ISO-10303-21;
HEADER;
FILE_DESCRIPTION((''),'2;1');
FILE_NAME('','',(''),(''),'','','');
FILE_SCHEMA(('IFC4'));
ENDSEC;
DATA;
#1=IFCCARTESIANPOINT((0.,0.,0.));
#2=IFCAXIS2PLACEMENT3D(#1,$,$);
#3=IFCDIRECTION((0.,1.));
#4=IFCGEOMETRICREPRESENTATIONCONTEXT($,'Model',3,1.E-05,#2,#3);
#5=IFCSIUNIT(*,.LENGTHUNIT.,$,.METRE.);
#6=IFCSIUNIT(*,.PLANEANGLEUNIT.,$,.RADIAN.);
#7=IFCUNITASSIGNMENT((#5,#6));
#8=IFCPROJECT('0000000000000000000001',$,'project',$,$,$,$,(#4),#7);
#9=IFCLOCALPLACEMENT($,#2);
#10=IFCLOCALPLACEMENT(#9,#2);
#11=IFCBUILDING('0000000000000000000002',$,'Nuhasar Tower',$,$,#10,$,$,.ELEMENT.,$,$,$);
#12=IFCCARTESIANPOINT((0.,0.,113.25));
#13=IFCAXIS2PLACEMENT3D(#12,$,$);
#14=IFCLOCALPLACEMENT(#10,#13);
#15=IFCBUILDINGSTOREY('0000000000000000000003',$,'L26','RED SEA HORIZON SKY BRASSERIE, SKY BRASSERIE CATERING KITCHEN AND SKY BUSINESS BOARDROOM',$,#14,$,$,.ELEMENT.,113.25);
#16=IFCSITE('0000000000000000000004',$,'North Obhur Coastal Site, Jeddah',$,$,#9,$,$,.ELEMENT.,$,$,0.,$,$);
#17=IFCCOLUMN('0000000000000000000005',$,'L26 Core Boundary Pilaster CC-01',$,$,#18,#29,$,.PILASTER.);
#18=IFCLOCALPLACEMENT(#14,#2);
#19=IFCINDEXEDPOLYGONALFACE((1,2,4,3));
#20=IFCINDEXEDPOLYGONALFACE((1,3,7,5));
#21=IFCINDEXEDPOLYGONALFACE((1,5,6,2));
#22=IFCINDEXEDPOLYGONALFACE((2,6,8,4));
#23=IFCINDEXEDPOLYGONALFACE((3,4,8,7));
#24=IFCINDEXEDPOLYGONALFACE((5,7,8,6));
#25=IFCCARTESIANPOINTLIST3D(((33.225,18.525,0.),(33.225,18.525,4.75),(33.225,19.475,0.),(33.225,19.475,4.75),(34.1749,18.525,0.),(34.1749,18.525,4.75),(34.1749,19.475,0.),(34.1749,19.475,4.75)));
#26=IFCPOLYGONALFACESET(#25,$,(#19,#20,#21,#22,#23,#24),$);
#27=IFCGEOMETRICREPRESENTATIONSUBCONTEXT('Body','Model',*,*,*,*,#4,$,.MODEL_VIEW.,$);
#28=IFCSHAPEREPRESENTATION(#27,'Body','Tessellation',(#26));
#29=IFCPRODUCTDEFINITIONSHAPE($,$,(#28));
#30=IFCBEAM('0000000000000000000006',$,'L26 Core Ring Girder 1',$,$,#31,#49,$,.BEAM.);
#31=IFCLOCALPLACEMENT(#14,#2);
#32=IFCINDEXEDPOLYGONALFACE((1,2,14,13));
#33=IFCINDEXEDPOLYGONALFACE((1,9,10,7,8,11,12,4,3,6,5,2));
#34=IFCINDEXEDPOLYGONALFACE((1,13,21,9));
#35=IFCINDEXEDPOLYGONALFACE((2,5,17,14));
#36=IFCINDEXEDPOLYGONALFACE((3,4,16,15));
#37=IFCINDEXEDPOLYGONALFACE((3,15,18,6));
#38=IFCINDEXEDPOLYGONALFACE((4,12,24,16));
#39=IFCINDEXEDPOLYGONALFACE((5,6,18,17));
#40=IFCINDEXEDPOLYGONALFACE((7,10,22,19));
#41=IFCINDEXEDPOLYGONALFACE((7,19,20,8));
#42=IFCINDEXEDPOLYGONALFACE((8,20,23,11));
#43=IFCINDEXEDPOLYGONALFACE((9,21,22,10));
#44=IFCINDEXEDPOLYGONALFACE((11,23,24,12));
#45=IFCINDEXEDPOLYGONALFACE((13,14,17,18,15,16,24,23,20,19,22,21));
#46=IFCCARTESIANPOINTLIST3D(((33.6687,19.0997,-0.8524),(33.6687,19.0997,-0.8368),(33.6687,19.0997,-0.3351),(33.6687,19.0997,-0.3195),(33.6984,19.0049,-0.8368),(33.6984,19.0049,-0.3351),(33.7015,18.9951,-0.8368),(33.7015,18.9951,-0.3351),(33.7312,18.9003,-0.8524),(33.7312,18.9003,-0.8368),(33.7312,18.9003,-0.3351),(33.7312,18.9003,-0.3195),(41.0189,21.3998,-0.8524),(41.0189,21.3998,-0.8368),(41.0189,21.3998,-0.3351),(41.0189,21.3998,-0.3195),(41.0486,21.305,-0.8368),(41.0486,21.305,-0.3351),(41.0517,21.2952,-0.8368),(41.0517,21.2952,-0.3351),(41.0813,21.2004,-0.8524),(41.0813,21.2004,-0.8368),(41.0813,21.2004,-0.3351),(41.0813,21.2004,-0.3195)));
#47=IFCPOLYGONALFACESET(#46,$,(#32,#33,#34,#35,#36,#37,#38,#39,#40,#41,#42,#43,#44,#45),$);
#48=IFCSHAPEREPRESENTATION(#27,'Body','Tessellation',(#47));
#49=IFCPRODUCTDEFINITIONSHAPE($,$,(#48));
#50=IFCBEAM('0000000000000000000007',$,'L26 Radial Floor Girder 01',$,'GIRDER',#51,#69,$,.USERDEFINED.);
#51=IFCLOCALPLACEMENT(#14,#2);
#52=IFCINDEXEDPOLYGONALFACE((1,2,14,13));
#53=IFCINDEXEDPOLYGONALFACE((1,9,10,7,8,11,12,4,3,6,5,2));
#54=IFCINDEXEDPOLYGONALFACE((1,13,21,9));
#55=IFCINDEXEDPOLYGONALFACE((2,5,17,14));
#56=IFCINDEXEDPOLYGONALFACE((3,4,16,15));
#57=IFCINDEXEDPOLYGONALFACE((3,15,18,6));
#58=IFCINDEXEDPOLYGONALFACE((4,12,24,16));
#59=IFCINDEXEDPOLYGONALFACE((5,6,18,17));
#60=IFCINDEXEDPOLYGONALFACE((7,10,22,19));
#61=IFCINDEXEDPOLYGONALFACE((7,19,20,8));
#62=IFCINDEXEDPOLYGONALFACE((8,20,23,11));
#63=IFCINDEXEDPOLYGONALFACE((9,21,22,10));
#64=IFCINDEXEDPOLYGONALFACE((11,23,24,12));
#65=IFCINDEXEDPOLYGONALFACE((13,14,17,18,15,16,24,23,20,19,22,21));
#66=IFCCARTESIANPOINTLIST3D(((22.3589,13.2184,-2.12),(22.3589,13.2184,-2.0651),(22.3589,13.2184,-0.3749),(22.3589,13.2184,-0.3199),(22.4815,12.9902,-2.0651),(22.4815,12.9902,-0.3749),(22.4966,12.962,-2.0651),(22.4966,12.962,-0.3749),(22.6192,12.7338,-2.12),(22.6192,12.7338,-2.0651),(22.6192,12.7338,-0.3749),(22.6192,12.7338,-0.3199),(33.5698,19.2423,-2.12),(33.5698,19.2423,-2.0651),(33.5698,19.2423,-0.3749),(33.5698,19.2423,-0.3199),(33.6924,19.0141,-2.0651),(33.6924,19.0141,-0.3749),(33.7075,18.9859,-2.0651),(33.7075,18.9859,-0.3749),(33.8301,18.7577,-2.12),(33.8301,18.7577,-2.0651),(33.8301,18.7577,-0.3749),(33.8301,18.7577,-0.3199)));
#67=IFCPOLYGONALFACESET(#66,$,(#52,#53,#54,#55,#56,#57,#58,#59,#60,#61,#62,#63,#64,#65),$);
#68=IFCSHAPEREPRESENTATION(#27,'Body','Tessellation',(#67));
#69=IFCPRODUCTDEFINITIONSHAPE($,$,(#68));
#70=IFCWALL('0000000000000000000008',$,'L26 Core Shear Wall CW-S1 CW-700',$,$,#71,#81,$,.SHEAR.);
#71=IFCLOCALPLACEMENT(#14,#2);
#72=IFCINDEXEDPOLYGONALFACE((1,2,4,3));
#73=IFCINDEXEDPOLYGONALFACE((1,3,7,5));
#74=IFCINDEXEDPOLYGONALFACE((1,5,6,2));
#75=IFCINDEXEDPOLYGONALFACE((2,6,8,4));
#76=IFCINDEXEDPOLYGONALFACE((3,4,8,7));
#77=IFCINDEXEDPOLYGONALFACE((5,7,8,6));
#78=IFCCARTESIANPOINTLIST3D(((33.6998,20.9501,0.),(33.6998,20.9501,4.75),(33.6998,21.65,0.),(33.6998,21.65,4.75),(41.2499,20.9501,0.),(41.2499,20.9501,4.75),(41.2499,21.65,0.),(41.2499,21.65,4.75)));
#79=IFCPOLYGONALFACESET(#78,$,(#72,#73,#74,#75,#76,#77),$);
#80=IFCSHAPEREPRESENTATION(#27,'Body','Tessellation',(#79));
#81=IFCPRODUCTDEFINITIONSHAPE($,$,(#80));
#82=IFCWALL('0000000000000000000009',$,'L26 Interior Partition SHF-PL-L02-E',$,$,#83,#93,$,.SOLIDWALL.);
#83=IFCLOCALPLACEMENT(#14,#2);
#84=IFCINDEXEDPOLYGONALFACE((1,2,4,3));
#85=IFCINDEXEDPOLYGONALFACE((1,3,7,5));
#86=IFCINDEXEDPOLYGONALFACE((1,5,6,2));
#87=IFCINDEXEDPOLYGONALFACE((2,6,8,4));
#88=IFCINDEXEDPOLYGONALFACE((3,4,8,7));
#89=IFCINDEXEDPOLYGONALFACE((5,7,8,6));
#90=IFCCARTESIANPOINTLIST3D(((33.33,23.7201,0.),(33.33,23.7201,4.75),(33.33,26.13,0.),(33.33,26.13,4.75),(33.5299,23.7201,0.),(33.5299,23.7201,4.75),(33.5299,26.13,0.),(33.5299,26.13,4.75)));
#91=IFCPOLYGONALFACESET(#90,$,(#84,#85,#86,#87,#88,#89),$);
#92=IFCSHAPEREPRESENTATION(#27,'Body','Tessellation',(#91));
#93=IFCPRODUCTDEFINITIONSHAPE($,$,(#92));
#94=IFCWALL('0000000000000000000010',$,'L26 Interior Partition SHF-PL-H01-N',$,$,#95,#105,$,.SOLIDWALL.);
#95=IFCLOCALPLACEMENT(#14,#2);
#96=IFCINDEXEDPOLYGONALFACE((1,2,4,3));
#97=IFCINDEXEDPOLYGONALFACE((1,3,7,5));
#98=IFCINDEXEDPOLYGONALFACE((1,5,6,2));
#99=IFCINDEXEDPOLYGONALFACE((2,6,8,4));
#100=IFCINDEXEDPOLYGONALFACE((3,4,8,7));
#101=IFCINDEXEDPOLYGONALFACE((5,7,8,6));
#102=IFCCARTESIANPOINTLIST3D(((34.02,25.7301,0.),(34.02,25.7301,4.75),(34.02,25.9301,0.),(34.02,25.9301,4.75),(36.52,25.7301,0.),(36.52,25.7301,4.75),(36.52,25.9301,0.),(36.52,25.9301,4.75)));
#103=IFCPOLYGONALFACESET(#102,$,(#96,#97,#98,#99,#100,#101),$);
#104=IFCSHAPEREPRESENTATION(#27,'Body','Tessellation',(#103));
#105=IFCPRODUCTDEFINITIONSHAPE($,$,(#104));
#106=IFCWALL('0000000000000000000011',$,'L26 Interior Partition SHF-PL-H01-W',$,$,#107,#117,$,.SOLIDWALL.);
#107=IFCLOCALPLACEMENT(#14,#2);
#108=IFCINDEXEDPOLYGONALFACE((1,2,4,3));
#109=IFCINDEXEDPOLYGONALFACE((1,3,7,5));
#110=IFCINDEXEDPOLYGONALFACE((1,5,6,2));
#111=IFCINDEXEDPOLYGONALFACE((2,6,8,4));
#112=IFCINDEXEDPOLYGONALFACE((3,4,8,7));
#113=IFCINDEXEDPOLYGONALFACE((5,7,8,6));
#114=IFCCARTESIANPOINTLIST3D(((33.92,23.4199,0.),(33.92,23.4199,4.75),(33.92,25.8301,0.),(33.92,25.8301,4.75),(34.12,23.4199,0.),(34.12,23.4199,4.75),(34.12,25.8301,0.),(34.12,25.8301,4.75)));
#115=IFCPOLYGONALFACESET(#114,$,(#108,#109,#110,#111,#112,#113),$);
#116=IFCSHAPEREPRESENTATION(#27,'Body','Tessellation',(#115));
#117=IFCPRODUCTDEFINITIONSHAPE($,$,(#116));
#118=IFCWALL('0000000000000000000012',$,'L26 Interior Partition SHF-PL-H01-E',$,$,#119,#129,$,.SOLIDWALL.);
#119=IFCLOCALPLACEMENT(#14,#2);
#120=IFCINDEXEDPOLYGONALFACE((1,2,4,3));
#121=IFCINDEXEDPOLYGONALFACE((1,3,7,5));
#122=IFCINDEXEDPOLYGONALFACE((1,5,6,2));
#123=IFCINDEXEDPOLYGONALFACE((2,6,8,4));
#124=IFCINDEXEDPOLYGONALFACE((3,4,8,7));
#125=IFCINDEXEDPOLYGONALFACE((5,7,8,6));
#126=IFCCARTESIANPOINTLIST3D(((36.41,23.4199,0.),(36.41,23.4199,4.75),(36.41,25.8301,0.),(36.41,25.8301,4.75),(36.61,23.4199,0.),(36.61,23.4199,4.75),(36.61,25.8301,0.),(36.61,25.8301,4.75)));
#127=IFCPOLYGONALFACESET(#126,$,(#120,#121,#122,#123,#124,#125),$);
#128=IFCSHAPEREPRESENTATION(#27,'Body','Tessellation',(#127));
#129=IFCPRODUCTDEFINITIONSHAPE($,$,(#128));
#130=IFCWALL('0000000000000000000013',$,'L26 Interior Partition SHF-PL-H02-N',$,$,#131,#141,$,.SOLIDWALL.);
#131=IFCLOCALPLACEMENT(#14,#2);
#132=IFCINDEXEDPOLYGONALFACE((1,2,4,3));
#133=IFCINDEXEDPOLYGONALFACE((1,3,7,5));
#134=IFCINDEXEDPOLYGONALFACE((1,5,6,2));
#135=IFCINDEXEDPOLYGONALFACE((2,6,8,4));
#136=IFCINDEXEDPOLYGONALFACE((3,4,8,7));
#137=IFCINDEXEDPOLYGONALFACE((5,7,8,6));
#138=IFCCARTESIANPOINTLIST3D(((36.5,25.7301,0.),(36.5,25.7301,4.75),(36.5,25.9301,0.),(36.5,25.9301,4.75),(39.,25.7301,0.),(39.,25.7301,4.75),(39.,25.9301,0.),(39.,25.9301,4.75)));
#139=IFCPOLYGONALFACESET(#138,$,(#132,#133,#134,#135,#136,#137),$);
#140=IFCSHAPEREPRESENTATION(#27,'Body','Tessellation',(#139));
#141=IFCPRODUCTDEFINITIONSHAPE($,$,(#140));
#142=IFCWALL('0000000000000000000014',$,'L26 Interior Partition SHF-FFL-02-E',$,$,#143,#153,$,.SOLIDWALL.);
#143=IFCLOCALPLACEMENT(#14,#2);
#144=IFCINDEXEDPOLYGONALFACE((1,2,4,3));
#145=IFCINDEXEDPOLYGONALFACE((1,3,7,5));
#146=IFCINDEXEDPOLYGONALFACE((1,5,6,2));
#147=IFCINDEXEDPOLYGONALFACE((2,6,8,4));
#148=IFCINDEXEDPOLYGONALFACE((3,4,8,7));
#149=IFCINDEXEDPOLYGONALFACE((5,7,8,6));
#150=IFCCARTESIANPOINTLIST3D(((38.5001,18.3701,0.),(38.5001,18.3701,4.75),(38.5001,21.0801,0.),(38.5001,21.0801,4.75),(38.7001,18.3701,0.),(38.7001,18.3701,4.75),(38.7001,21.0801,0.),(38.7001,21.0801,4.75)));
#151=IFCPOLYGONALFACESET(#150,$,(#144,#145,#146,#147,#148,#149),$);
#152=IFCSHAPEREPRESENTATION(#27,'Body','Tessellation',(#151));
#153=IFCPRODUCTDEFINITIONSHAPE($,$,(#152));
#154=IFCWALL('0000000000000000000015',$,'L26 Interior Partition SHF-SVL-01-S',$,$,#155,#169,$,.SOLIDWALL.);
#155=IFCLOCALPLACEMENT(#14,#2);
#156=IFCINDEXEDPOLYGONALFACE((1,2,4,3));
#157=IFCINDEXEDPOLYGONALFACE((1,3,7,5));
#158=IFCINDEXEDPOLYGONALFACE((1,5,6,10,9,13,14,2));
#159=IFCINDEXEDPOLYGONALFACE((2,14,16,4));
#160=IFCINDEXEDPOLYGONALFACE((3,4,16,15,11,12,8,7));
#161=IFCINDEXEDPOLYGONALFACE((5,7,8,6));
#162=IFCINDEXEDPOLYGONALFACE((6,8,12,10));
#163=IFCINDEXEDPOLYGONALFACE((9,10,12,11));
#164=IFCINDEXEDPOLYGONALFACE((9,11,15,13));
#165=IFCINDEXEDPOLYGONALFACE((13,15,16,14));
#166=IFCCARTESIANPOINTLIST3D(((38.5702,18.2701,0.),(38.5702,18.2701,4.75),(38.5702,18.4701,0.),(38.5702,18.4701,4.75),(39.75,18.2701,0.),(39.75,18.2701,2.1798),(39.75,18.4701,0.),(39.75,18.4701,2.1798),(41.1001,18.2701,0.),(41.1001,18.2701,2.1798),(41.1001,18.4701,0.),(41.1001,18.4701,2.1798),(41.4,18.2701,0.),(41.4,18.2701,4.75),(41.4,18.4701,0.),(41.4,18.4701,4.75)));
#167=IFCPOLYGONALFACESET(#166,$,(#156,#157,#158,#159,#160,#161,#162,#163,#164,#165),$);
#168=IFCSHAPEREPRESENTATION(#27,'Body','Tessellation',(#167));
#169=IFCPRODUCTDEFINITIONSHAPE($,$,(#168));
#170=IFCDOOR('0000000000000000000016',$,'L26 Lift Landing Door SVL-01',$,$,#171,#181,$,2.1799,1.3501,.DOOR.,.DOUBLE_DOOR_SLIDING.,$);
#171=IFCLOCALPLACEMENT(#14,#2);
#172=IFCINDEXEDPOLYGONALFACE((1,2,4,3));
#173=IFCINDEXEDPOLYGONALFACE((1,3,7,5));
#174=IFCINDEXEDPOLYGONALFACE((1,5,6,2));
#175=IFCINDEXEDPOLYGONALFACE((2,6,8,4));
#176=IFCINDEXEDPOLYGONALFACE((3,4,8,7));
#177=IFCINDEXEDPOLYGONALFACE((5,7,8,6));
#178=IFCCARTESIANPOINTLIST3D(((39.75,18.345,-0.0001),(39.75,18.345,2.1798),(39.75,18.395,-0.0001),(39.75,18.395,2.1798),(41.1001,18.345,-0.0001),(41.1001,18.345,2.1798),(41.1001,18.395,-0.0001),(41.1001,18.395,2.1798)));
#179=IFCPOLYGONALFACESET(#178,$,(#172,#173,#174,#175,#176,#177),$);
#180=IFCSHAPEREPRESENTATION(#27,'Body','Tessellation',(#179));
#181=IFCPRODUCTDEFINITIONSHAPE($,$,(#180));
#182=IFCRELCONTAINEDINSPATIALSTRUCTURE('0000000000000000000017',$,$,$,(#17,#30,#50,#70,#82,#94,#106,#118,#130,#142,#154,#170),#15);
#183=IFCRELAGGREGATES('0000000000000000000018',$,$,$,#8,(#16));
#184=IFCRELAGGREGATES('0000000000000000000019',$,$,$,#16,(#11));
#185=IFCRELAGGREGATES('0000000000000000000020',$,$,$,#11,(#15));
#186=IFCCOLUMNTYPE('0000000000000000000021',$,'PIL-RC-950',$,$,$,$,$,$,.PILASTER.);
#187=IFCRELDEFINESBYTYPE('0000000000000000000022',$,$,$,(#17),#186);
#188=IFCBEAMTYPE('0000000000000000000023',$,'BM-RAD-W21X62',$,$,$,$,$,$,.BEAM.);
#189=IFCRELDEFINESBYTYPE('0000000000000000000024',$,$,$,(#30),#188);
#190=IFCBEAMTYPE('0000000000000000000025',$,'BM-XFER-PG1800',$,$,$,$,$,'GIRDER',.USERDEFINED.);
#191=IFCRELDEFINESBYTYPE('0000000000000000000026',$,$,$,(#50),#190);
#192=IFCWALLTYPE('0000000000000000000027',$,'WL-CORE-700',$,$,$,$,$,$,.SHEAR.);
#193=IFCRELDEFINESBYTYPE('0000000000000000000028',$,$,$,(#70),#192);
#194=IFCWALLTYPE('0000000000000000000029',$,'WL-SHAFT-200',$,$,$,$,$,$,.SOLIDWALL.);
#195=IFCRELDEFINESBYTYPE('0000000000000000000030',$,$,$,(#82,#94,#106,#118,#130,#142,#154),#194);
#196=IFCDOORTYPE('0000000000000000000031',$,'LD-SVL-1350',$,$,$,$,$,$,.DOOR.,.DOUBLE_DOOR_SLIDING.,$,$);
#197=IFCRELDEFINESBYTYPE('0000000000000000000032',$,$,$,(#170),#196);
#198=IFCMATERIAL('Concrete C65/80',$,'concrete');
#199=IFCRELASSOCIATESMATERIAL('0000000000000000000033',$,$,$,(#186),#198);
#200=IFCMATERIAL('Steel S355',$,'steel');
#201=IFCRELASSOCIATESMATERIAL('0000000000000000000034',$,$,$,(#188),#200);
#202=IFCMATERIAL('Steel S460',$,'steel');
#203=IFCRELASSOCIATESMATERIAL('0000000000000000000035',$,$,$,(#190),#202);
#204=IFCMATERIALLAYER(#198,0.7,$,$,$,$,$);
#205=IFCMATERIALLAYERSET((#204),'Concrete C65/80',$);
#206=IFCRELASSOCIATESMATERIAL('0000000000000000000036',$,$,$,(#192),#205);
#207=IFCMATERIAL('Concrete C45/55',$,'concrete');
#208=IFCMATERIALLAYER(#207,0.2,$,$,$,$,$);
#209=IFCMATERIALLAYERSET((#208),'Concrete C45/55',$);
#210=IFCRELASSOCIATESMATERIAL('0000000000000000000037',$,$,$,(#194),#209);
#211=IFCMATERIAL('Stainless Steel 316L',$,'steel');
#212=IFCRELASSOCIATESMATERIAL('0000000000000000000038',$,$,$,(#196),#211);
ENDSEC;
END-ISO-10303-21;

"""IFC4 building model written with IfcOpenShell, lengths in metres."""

from ifc_helpers import new_model, si_unit, direction, frame, frame_2d, origin, origin_2d, place, context, subcontext, project, spatial, rectangle, i_section, extrude, material, layer, layer_set, material_profile, profile_set, type_object, element, fill, save


model = new_model("IFC4")

# Units and contexts
model_context = context("Model", 3, precision=1e-05, world=origin(), true_north=direction((0.0, 1.0)))
body_context = subcontext(model_context, "Body", "Model", "MODEL_VIEW")
ifc_project = project(units=[si_unit("LENGTHUNIT", "METRE"), si_unit("PLANEANGLEUNIT", "RADIAN")], contexts=[model_context])

# Site, building, storey
site_placement = place(None, origin())
site = spatial("IfcSite", under=ifc_project, at=site_placement, Name="North Obhur Coastal Site, Jeddah", CompositionType="ELEMENT", RefElevation=0.0)
building_placement = place(site_placement, origin())
building = spatial("IfcBuilding", under=site, at=building_placement, Name="Nuhasar Tower", CompositionType="ELEMENT")
storey_placement = place(building_placement, frame((0.0, 0.0, 113.25)))
storey = spatial("IfcBuildingStorey", under=building, at=storey_placement, Name="L26", Description="RED SEA HORIZON SKY BRASSERIE, SKY BRASSERIE CATERING KITCHEN AND SKY BUSINESS BOARDROOM", CompositionType="ELEMENT", Elevation=113.25)

# Column
ifc_material_1 = material(Name="Concrete C65/80", Category="concrete")
ifc_material_profile_1 = material_profile(ifc_material_1, rectangle(XDim=0.95, YDim=0.95, at=origin_2d()), Name="RC950X950")
ifc_profile_set_1 = profile_set([ifc_material_profile_1], Name="Concrete C65/80")
column_type = type_object("IfcColumnType", Name="PIL-RC-950", PredefinedType="PILASTER", material=ifc_profile_set_1)
column_placement = place(storey_placement, frame((33.7, 19.0, 0.0), z_axis=(0.0, 0.0, 1.0), x_axis=(1.0, 0.0, 0.0)))
element("IfcColumn", 1, at=column_placement, inside=storey, type_object=column_type, Name="L26 Core Boundary Pilaster CC-01", PredefinedType="PILASTER", context=body_context, shape_type="SweptSolid", body=[
    extrude(rectangle(XDim=0.95, YDim=0.95, at=origin_2d()), origin(), (0.0, 0.0, 1.0), 4.75),
])

# Beams
ifc_material_2 = material(Name="Steel S355", Category="steel")
ifc_material_profile_2 = material_profile(ifc_material_2, i_section(OverallWidth=0.209, OverallDepth=0.533, WebThickness=0.0103, FlangeThickness=0.0156, at=origin_2d()), Name="W21X62")
ifc_profile_set_2 = profile_set([ifc_material_profile_2], Name="Steel S355")
beam_type_1 = type_object("IfcBeamType", Name="BM-RAD-W21X62", PredefinedType="BEAM", material=ifc_profile_set_2)
beam_1_placement = place(storey_placement, frame((33.7, 19.0, -0.5859), z_axis=(0.954364, 0.298647, 0.0), x_axis=(-0.298647, 0.954364, 0.0)))
element("IfcBeam", 2, at=beam_1_placement, inside=storey, type_object=beam_type_1, Name="L26 Core Ring Girder 1", PredefinedType="BEAM", context=body_context, shape_type="SweptSolid", body=[
    extrude(i_section(OverallWidth=0.209, OverallDepth=0.533, WebThickness=0.0103, FlangeThickness=0.0156, at=origin_2d()), origin(), (0.0, 0.0, 1.0), 7.7017),
])
ifc_material_3 = material(Name="Steel S460", Category="steel")
ifc_material_profile_3 = material_profile(ifc_material_3, i_section(OverallWidth=0.55, OverallDepth=1.8, WebThickness=0.032, FlangeThickness=0.0549, at=origin_2d()), Name="PG1800X550")
ifc_profile_set_3 = profile_set([ifc_material_profile_3], Name="Steel S460")
beam_type_2 = type_object("IfcBeamType", Name="BM-XFER-PG1800", ElementType="GIRDER", PredefinedType="USERDEFINED", material=ifc_profile_set_3)
beam_2_placement = place(storey_placement, frame((33.7, 19.0, -1.22), z_axis=(-0.880888, -0.473324, 0.0), x_axis=(0.473324, -0.880888, 0.0)))
element("IfcBeam", 3, at=beam_2_placement, inside=storey, type_object=beam_type_2, Name="L26 Radial Floor Girder 01", ObjectType="GIRDER", PredefinedType="USERDEFINED", context=body_context, shape_type="SweptSolid", body=[
    extrude(i_section(OverallWidth=0.55, OverallDepth=1.8, WebThickness=0.032, FlangeThickness=0.0549, at=origin_2d()), origin(), (0.0, 0.0, 1.0), 12.7268),
])

# Wall
ifc_layer_1 = layer(ifc_material_1, 0.7)
ifc_layer_set_1 = layer_set([ifc_layer_1], Name="Concrete C65/80")
wall_type_1 = type_object("IfcWallType", Name="WL-CORE-700", PredefinedType="SHEAR", material=ifc_layer_set_1)
wall_1_placement = place(storey_placement, frame((33.7, 21.3, 0.0), z_axis=(0.0, 0.0, 1.0), x_axis=(1.0, 0.0, 0.0)))
element("IfcWall", 4, at=wall_1_placement, inside=storey, type_object=wall_type_1, Name="L26 Core Shear Wall CW-S1 CW-700", PredefinedType="SHEAR", context=body_context, shape_type="SweptSolid", body=[
    extrude(rectangle(XDim=7.55, YDim=0.7, at=frame_2d((3.7749, 0.0))), origin(), (0.0, 0.0, 1.0), 4.75),
])

# Shared definitions
ifc_material_4 = material(Name="Concrete C45/55", Category="concrete")

# Wall
ifc_layer_2 = layer(ifc_material_4, 0.2)
ifc_layer_set_2 = layer_set([ifc_layer_2], Name="Concrete C45/55")
wall_type_2 = type_object("IfcWallType", Name="WL-SHAFT-200", PredefinedType="SOLIDWALL", material=ifc_layer_set_2)
wall_2_placement = place(storey_placement, frame((33.4299, 23.72, 0.0), z_axis=(0.0, 0.0, 1.0), x_axis=(0.0, 1.0, 0.0)))
element("IfcWall", 5, at=wall_2_placement, inside=storey, type_object=wall_type_2, Name="L26 Interior Partition SHF-PL-L02-E", PredefinedType="SOLIDWALL", context=body_context, shape_type="SweptSolid", body=[
    extrude(rectangle(XDim=2.4099, YDim=0.2, at=frame_2d((1.2051, 0.0))), origin(), (0.0, 0.0, 1.0), 4.75),
])

# Shared definitions
ifc_material_5 = material(Name="Stainless Steel 316L", Category="steel")

# Walls
wall_3_placement = place(storey_placement, frame((34.02, 25.8301, 0.0), z_axis=(0.0, 0.0, 1.0), x_axis=(1.0, 0.0, 0.0)))
element("IfcWall", 6, at=wall_3_placement, inside=storey, type_object=wall_type_2, Name="L26 Interior Partition SHF-PL-H01-N", PredefinedType="SOLIDWALL", context=body_context, shape_type="SweptSolid", body=[
    extrude(rectangle(XDim=2.5, YDim=0.2, at=frame_2d((1.25, 0.0))), origin(), (0.0, 0.0, 1.0), 4.75),
])
for number, where, z_axis, x_axis, name in (
    (7, (34.02, 23.4199, 0.0), (0.0, 0.0, 1.0), (0.0, 1.0, 0.0), "L26 Interior Partition SHF-PL-H01-W"),
    (8, (36.51, 23.4199, 0.0), (0.0, 0.0, 1.0), (0.0, 1.0, 0.0), "L26 Interior Partition SHF-PL-H01-E"),
):
    element("IfcWall", number, at=place(storey_placement, frame(where, z_axis=z_axis, x_axis=x_axis)), inside=storey, type_object=wall_type_2, Name=name, PredefinedType="SOLIDWALL", context=body_context, shape_type="SweptSolid", body=[
        extrude(rectangle(XDim=2.4102, YDim=0.2, at=frame_2d((1.2051, 0.0))), origin(), (0.0, 0.0, 1.0), 4.75),
    ])

# Walls
wall_4_placement = place(storey_placement, frame((36.5, 25.8301, 0.0), z_axis=(0.0, 0.0, 1.0), x_axis=(1.0, 0.0, 0.0)))
element("IfcWall", 9, at=wall_4_placement, inside=storey, type_object=wall_type_2, Name="L26 Interior Partition SHF-PL-H02-N", PredefinedType="SOLIDWALL", context=body_context, shape_type="SweptSolid", body=[
    extrude(rectangle(XDim=2.5, YDim=0.2, at=frame_2d((1.25, 0.0))), origin(), (0.0, 0.0, 1.0), 4.75),
])
wall_5_placement = place(storey_placement, frame((38.6001, 18.3701, 0.0), z_axis=(0.0, 0.0, 1.0), x_axis=(0.0, 1.0, 0.0)))
element("IfcWall", 10, at=wall_5_placement, inside=storey, type_object=wall_type_2, Name="L26 Interior Partition SHF-FFL-02-E", PredefinedType="SOLIDWALL", context=body_context, shape_type="SweptSolid", body=[
    extrude(rectangle(XDim=2.71, YDim=0.2, at=frame_2d((1.355, 0.0))), origin(), (0.0, 0.0, 1.0), 4.75),
])

# Wall, opening, door
wall_6_placement = place(storey_placement, frame((38.5701, 18.3701, 0.0), z_axis=(0.0, 0.0, 1.0), x_axis=(1.0, 0.0, 0.0)))
wall_6 = element("IfcWall", 11, at=wall_6_placement, inside=storey, type_object=wall_type_2, Name="L26 Interior Partition SHF-SVL-01-S", PredefinedType="SOLIDWALL", context=body_context, shape_type="SweptSolid", body=[
    extrude(rectangle(XDim=2.8298, YDim=0.2, at=frame_2d((1.415, 0.0))), origin(), (0.0, 0.0, 1.0), 4.75),
])
opening_1_placement = place(wall_6_placement, frame((1.1799, 0.0, 0.0)))
opening_1 = element("IfcOpeningElement", 12, at=opening_1_placement, cuts=wall_6, PredefinedType="OPENING", context=body_context, shape_type="SweptSolid", body=[
    extrude(rectangle(XDim=1.3501, YDim=2.1799, at=frame_2d((0.675, 1.0898))), frame((0.0, 0.1099, 0.0), z_axis=(0.0, -1.0, 0.0), x_axis=(1.0, 0.0, 0.0)), (0.0, 0.0, 1.0), 0.22),
])
door_type_1 = type_object("IfcDoorType", Name="LD-SVL-1350", OperationType="DOUBLE_DOOR_SLIDING", PredefinedType="DOOR", material=ifc_material_5)
door_1_placement = place(opening_1_placement, origin())
door_1 = element("IfcDoor", 13, at=door_1_placement, inside=storey, type_object=door_type_1, Name="L26 Lift Landing Door SVL-01", OperationType="DOUBLE_DOOR_SLIDING", OverallHeight=2.1799, OverallWidth=1.3501, PredefinedType="DOOR", context=body_context, shape_type="SweptSolid", body=[
    extrude(rectangle(XDim=1.3501, YDim=2.1799, at=frame_2d((0.675, 1.0898))), frame((0.0, 0.0249, 0.0), z_axis=(0.0, -1.0, 0.0), x_axis=(1.0, 0.0, 0.0)), (0.0, 0.0, 1.0), 0.05),
])
fill(opening_1, door_1)

save(model, "model.ifc")
